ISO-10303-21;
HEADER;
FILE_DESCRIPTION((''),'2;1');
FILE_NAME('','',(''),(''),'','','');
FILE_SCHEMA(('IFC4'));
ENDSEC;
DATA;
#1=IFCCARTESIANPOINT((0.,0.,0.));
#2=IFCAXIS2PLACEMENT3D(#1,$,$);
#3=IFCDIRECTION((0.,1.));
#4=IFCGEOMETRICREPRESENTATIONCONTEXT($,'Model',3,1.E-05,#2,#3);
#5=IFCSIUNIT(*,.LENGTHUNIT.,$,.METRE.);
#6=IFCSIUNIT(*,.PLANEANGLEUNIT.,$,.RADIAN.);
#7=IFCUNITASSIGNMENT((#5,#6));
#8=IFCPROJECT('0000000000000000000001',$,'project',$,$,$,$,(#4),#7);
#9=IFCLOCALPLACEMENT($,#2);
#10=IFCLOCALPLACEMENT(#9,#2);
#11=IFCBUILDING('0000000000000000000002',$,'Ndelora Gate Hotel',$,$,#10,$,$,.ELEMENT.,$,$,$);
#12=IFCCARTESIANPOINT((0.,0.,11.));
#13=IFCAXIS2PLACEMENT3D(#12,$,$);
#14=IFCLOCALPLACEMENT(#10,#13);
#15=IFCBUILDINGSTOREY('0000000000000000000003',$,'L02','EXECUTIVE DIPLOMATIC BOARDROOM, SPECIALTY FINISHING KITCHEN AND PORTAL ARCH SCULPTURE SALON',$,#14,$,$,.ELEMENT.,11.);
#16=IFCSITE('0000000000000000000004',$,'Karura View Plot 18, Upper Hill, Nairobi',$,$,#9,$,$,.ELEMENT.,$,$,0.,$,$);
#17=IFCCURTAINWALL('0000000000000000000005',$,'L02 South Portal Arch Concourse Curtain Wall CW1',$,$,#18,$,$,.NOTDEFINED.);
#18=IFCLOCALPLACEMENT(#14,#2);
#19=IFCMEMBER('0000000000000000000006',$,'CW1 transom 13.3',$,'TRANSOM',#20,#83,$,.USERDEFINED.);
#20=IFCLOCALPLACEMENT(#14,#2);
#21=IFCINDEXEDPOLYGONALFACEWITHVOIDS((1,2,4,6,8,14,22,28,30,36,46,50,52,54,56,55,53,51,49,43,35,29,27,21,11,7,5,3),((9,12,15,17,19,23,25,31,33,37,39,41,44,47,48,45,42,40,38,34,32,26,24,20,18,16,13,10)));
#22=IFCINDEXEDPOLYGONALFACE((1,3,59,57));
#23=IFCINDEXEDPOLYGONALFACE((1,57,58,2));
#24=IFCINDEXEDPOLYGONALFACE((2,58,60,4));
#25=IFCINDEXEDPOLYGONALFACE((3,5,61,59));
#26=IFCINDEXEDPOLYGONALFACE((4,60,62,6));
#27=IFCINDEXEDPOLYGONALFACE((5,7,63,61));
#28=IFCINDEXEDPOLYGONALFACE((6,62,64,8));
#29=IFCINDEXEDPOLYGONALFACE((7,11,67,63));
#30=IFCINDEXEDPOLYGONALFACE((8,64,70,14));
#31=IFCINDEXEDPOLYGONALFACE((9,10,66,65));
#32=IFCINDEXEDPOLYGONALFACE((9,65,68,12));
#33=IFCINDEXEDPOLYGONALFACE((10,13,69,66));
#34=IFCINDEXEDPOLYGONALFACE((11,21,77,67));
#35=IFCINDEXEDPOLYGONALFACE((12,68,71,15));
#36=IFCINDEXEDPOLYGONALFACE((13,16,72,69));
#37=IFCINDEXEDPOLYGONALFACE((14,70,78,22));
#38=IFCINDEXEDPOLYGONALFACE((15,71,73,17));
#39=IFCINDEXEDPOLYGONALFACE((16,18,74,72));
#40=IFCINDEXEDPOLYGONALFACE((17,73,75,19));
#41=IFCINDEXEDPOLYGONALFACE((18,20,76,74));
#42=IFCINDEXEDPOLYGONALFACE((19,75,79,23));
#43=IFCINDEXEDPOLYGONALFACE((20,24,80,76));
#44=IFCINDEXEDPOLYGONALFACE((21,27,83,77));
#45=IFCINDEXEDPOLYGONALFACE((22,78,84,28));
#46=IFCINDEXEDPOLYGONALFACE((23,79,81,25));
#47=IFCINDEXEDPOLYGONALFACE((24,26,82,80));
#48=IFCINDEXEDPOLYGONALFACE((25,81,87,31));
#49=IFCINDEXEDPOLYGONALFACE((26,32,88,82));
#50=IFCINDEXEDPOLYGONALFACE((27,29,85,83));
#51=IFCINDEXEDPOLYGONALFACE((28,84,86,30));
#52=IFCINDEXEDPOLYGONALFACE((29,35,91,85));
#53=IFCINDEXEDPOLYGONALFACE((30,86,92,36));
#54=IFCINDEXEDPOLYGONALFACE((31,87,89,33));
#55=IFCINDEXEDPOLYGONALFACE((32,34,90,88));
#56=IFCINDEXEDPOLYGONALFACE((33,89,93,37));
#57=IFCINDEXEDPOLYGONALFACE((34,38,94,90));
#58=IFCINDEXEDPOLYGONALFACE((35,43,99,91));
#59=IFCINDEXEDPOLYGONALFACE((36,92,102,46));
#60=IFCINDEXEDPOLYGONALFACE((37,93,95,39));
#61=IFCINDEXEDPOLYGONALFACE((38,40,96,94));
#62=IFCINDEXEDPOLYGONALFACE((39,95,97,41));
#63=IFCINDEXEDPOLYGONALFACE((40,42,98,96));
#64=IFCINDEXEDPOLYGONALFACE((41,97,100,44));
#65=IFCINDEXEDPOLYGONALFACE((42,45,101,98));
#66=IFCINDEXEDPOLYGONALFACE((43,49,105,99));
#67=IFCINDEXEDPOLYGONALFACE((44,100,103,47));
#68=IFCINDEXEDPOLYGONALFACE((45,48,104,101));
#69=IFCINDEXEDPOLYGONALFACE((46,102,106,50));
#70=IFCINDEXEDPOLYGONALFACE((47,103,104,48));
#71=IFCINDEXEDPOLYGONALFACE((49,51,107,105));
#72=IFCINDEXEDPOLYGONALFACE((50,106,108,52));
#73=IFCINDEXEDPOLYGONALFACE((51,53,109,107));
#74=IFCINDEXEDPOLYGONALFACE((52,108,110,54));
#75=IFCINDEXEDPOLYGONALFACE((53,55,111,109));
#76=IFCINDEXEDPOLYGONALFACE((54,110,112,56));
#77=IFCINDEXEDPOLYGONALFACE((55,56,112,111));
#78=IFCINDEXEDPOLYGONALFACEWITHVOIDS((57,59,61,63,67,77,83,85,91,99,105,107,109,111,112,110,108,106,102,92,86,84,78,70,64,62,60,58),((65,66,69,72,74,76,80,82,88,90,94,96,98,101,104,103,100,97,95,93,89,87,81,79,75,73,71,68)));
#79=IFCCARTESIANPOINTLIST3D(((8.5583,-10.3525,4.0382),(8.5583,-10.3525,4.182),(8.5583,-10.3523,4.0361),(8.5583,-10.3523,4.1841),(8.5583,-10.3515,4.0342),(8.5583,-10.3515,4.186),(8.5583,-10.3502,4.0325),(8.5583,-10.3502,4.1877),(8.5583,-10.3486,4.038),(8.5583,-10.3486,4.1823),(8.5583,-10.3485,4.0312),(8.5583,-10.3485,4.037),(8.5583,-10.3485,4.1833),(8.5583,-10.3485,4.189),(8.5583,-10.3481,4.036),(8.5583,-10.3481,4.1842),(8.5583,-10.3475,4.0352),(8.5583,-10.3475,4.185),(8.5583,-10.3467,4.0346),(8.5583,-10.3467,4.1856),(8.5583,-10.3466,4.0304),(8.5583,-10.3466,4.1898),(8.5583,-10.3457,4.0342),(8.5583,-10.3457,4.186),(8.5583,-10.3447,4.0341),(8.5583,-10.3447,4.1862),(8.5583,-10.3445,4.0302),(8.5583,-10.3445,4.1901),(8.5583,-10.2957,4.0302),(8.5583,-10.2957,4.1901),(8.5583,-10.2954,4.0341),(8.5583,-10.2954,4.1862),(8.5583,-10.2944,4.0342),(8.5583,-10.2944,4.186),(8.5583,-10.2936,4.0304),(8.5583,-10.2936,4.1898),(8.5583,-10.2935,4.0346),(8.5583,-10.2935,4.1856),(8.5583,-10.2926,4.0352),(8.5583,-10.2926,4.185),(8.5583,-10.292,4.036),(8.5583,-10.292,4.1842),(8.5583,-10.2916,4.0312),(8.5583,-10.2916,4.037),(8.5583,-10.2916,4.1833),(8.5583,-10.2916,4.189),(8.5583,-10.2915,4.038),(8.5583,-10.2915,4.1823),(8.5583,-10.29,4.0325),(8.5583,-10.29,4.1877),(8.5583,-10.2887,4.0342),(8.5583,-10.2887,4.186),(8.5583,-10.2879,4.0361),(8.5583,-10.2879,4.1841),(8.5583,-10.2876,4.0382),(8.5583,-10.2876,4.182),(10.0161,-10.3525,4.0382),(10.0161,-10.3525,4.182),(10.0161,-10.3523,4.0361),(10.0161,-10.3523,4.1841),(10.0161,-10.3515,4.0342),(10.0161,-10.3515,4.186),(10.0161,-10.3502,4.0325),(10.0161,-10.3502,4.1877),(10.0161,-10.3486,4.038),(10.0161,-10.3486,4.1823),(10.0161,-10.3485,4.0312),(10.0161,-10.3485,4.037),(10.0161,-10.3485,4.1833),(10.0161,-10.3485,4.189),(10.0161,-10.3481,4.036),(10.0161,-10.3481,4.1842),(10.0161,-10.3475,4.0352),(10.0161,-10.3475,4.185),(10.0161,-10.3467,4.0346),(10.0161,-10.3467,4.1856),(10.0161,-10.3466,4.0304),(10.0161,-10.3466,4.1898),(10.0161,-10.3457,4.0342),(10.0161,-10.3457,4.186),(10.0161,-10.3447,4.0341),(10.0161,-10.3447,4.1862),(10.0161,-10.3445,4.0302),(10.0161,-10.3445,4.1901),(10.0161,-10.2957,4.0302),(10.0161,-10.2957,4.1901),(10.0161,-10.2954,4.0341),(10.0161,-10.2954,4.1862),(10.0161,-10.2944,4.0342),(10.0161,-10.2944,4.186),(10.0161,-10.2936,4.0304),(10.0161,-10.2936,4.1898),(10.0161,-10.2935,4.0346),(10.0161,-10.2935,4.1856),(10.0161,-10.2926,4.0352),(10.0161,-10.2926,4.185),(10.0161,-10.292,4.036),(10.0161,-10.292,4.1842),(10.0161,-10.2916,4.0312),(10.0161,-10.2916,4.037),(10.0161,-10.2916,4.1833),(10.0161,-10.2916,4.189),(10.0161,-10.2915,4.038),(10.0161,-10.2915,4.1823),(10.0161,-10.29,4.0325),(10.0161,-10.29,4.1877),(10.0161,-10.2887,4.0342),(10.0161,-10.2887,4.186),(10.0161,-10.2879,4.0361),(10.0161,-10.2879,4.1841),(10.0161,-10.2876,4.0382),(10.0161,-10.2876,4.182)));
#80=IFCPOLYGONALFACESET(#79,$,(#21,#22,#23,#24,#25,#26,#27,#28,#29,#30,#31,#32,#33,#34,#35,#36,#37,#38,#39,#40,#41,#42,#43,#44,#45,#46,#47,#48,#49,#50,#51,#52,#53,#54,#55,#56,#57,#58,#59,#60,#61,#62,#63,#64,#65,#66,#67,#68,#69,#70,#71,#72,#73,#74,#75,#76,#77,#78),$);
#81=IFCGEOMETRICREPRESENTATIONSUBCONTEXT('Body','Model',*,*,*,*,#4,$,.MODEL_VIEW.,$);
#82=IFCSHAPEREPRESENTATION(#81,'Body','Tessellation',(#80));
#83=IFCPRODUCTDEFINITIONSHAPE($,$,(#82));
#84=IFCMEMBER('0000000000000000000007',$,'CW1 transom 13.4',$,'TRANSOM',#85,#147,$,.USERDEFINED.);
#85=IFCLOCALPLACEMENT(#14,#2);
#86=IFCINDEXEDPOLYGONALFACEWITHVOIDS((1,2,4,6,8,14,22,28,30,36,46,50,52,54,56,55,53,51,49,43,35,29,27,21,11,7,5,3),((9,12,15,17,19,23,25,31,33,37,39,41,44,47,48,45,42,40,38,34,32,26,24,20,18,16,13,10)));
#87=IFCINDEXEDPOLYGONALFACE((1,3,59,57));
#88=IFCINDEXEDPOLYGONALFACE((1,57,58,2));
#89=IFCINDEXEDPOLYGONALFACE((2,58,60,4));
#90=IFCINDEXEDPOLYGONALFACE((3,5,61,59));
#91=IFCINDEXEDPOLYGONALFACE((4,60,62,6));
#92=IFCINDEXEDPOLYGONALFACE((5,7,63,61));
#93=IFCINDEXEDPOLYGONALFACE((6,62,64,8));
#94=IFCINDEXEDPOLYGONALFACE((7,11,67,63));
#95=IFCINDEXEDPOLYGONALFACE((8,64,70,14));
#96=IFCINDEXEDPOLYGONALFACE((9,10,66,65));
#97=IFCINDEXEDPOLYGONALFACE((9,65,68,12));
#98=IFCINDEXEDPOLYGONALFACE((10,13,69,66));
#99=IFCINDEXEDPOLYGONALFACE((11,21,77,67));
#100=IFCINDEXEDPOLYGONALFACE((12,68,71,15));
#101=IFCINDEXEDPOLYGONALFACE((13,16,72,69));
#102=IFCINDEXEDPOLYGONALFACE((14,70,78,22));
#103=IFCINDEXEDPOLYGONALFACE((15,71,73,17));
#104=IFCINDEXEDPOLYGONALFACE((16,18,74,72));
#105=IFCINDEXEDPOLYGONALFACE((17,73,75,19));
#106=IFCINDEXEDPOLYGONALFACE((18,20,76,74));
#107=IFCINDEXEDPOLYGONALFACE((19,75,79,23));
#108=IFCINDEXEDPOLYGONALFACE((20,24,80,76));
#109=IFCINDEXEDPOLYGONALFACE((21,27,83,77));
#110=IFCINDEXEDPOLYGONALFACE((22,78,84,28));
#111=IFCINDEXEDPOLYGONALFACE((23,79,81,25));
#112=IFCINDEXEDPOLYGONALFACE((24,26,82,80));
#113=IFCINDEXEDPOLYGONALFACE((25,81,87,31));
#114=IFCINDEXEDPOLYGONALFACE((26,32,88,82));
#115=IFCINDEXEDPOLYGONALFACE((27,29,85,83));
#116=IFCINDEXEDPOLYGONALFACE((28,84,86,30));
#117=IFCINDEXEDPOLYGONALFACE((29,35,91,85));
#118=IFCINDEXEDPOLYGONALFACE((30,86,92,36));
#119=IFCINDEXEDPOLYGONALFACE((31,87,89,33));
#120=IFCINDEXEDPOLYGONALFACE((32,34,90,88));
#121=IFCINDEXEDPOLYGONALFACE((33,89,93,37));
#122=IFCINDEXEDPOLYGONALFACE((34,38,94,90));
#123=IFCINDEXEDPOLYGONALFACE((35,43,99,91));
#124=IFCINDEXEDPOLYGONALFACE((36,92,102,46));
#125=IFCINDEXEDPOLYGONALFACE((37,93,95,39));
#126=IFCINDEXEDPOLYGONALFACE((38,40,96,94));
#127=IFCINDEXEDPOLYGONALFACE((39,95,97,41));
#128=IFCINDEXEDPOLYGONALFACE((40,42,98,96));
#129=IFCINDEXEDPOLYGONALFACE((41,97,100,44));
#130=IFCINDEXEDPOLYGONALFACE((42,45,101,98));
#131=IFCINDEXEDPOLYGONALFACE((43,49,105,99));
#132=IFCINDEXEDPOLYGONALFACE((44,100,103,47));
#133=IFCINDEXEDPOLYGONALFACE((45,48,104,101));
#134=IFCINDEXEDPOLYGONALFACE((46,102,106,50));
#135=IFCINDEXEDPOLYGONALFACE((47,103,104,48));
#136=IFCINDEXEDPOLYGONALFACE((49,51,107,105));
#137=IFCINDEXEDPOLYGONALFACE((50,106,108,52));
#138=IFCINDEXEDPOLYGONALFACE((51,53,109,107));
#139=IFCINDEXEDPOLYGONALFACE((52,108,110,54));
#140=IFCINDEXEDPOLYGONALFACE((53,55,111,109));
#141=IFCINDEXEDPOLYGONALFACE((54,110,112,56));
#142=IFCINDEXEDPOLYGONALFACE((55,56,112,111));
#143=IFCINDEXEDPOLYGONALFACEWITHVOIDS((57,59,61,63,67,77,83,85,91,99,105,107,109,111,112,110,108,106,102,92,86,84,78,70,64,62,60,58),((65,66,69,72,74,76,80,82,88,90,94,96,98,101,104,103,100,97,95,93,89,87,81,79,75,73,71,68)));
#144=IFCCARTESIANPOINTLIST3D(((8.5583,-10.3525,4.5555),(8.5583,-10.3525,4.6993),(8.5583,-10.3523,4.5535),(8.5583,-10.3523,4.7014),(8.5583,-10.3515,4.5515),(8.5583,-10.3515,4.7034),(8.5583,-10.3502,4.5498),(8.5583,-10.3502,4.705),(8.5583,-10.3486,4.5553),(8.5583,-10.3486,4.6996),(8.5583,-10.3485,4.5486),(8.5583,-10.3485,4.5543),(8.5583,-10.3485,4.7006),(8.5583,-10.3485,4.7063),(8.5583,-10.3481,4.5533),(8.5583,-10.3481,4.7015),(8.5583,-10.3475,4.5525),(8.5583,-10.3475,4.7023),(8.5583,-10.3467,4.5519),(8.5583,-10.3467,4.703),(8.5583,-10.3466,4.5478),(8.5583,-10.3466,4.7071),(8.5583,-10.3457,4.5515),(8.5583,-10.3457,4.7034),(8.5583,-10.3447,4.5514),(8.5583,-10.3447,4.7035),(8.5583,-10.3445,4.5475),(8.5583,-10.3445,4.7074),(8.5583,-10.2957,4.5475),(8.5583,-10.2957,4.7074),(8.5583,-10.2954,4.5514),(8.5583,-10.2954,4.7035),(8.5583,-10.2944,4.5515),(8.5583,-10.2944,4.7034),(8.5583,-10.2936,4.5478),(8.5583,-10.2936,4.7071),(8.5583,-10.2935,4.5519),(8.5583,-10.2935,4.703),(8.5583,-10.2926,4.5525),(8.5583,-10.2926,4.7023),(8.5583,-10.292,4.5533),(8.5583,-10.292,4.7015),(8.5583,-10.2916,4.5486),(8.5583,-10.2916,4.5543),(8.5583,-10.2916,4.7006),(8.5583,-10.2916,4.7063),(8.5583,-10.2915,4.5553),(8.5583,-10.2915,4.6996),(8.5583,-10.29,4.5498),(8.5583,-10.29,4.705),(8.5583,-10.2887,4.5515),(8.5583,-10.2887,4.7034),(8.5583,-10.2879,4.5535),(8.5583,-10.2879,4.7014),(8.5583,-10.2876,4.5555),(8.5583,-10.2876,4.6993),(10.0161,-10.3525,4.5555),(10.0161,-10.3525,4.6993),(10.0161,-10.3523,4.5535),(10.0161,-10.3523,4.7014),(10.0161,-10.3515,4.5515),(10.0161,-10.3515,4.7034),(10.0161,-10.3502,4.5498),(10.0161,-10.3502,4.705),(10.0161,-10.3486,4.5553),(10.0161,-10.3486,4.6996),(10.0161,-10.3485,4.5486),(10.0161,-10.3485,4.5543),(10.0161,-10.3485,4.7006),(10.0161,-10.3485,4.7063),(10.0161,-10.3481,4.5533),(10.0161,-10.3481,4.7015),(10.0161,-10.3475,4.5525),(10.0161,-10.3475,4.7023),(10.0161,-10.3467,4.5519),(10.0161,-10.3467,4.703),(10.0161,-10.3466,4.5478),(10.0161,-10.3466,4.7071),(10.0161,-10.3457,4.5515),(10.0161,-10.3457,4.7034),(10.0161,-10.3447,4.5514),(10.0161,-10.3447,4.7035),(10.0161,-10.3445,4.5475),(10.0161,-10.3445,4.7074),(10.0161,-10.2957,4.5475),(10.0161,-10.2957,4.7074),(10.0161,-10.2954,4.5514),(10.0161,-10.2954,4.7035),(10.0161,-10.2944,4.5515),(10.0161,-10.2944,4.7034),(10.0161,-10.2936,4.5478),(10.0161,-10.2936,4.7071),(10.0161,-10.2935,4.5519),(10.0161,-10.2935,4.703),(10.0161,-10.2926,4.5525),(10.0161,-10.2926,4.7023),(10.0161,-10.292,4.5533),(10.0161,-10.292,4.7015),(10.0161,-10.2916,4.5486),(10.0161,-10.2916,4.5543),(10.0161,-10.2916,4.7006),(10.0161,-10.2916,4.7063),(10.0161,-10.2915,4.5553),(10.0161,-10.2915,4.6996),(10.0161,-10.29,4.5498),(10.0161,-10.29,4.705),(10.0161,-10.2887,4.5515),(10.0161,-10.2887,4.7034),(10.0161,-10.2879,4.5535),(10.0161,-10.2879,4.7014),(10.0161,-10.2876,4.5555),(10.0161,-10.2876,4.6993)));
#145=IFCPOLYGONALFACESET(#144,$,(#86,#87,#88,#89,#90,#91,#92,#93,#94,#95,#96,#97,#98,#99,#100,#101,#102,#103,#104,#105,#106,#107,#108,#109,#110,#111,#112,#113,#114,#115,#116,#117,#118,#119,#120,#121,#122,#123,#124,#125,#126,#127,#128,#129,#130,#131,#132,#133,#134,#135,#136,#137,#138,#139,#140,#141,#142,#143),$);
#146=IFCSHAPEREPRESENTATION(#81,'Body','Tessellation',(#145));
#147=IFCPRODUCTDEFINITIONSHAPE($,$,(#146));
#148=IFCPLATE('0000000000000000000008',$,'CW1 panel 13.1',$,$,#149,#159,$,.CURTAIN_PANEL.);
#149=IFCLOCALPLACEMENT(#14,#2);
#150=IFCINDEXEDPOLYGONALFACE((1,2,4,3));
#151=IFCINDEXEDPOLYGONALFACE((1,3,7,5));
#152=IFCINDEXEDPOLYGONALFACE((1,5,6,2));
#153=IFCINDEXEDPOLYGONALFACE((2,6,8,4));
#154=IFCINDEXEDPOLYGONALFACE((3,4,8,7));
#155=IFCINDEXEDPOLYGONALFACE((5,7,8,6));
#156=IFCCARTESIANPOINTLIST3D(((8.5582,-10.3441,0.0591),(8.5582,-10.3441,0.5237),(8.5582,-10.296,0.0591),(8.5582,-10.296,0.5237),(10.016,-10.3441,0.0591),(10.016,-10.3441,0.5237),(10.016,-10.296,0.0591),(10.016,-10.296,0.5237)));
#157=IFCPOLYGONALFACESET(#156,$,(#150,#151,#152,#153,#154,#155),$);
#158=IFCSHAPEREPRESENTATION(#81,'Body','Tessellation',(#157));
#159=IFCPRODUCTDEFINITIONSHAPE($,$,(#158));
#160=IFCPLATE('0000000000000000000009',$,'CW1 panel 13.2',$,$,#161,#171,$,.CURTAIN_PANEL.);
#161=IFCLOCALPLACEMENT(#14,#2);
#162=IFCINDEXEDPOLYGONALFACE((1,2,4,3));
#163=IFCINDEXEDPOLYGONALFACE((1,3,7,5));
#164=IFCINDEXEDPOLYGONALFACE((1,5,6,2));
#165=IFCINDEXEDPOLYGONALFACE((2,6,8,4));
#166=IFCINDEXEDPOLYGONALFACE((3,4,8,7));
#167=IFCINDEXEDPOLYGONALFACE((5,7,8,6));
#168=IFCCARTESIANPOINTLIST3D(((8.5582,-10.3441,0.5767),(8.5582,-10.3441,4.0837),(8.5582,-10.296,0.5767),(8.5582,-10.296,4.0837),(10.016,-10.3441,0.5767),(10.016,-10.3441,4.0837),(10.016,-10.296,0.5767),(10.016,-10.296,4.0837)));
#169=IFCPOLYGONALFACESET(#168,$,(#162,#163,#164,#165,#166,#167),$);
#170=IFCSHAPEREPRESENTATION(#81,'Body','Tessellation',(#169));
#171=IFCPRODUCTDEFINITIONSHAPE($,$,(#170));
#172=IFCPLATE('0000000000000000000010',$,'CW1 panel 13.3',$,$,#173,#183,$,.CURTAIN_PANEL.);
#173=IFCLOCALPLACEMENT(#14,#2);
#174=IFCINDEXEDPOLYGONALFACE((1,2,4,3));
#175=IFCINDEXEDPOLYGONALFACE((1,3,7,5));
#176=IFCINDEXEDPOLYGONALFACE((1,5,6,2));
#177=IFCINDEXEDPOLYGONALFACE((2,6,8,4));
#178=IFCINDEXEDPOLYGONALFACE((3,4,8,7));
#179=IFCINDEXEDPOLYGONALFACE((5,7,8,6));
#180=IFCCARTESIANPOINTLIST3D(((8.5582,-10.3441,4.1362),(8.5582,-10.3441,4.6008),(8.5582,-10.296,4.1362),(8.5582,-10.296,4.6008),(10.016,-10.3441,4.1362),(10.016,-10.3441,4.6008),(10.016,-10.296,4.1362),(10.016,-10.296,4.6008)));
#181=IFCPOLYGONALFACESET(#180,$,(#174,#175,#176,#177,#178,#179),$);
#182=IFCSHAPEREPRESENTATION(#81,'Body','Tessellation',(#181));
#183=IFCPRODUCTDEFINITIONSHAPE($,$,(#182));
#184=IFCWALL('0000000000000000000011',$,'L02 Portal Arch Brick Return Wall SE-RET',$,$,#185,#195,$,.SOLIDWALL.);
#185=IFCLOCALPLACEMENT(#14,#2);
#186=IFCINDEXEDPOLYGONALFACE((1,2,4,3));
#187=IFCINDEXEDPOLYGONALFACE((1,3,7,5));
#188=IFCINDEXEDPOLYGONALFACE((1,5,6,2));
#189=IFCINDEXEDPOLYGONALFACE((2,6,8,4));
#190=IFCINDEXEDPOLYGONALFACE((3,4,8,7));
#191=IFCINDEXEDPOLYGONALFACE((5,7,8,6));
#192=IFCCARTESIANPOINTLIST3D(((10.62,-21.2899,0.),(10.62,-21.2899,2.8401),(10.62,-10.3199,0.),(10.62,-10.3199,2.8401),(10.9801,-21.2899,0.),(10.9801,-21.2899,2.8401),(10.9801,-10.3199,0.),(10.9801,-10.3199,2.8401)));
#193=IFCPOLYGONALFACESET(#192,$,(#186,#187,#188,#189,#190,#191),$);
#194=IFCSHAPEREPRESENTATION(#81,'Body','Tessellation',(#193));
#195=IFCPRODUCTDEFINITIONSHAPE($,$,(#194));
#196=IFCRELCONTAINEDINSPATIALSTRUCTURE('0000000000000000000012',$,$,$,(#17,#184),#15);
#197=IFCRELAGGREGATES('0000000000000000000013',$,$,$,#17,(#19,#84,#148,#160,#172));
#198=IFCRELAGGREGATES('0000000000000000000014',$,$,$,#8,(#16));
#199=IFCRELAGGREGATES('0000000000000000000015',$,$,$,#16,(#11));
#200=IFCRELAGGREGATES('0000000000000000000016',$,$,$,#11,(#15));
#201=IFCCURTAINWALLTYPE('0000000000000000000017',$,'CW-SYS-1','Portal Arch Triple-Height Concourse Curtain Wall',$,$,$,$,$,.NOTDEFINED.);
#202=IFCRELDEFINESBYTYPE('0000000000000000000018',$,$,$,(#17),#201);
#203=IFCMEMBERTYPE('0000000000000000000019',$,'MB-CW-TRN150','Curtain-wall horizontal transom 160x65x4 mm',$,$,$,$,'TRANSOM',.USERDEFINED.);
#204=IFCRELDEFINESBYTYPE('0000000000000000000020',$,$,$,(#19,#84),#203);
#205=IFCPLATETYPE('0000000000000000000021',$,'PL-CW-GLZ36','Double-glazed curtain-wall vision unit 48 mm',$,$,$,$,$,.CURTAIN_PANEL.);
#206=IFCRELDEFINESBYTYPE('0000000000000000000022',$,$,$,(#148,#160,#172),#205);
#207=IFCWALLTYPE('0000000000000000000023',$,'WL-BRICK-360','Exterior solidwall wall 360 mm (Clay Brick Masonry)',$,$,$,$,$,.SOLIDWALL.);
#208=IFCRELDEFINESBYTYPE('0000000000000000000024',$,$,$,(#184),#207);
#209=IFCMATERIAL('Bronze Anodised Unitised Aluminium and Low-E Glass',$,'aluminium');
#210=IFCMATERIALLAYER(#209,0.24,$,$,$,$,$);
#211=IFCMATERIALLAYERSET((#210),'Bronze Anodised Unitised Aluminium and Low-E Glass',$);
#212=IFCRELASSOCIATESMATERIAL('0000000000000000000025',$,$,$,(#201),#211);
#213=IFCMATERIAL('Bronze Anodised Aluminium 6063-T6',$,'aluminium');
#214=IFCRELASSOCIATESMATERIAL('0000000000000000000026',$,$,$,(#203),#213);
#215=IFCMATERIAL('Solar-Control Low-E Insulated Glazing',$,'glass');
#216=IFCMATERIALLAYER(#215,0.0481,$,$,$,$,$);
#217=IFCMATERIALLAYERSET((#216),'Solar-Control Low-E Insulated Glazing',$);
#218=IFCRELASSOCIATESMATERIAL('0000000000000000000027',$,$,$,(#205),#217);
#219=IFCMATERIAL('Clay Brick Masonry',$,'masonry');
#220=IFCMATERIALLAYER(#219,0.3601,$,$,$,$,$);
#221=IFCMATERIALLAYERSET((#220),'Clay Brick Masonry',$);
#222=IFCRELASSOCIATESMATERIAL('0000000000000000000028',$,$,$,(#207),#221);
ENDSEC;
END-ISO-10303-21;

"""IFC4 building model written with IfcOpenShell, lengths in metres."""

from ifc_helpers import new_model, si_unit, direction, frame, frame_2d, origin, origin_2d, place, context, subcontext, project, spatial, rectangle, hollow_rectangle, extrude, material, layer, layer_set, material_profile, profile_set, type_object, element, aggregate, save


model = new_model("IFC4")

# Units and contexts
model_context = context("Model", 3, precision=1e-05, world=origin(), true_north=direction((0.0, 1.0)))
body_context = subcontext(model_context, "Body", "Model", "MODEL_VIEW")
ifc_project = project(units=[si_unit("LENGTHUNIT", "METRE"), si_unit("PLANEANGLEUNIT", "RADIAN")], contexts=[model_context])

# Site, building, storey
site_placement = place(None, origin())
site = spatial("IfcSite", under=ifc_project, at=site_placement, Name="Karura View Plot 18, Upper Hill, Nairobi", CompositionType="ELEMENT", RefElevation=0.0)
building_placement = place(site_placement, origin())
building = spatial("IfcBuilding", under=site, at=building_placement, Name="Ndelora Gate Hotel", CompositionType="ELEMENT")
storey_placement = place(building_placement, frame((0.0, 0.0, 11.0)))
storey = spatial("IfcBuildingStorey", under=building, at=storey_placement, Name="L02", Description="EXECUTIVE DIPLOMATIC BOARDROOM, SPECIALTY FINISHING KITCHEN AND PORTAL ARCH SCULPTURE SALON", CompositionType="ELEMENT", Elevation=11.0)

# Curtain wall, members, plates
ifc_material_1 = material(Name="Bronze Anodised Unitised Aluminium and Low-E Glass", Category="aluminium")
ifc_layer_1 = layer(ifc_material_1, 0.24)
ifc_layer_set_1 = layer_set([ifc_layer_1], Name="Bronze Anodised Unitised Aluminium and Low-E Glass")
curtain_wall_type = type_object("IfcCurtainWallType", Name="CW-SYS-1", Description="Portal Arch Triple-Height Concourse Curtain Wall", PredefinedType="NOTDEFINED", material=ifc_layer_set_1)
curtain_wall_placement = place(storey_placement, origin())
curtain_wall = element("IfcCurtainWall", 1, at=curtain_wall_placement, inside=storey, type_object=curtain_wall_type, Name="L02 South Portal Arch Concourse Curtain Wall CW1", PredefinedType="NOTDEFINED")
ifc_material_2 = material(Name="Bronze Anodised Aluminium 6063-T6", Category="aluminium")
ifc_material_profile_1 = material_profile(ifc_material_2, hollow_rectangle(XDim=0.0649, YDim=0.1599, WallThickness=0.0039, InnerFilletRadius=0.0039, OuterFilletRadius=0.0081, at=origin_2d()), Name="ALU 160x65x4")
ifc_profile_set_1 = profile_set([ifc_material_profile_1], Name="Bronze Anodised Aluminium 6063-T6")
member_type_1 = type_object("IfcMemberType", Name="MB-CW-TRN150", Description="Curtain-wall horizontal transom 160x65x4 mm", ElementType="TRANSOM", PredefinedType="USERDEFINED", material=ifc_profile_set_1)
member_1_placement = place(storey_placement, frame((8.5583, -10.3201, 4.1101), z_axis=(1.0, 0.0, 0.0), x_axis=(0.0, 1.0, 0.0)))
member_1 = element("IfcMember", 2, at=member_1_placement, type_object=member_type_1, Name="CW1 transom 13.3", ObjectType="TRANSOM", PredefinedType="USERDEFINED", context=body_context, shape_type="SweptSolid", body=[
    extrude(hollow_rectangle(XDim=0.0649, YDim=0.1599, WallThickness=0.0039, InnerFilletRadius=0.0039, OuterFilletRadius=0.0081, at=origin_2d()), origin(), (0.0, 0.0, 1.0), 1.4578),
])
member_2_placement = place(storey_placement, frame((8.5583, -10.3201, 4.6274), z_axis=(1.0, 0.0, 0.0), x_axis=(0.0, 1.0, 0.0)))
member_2 = element("IfcMember", 3, at=member_2_placement, type_object=member_type_1, Name="CW1 transom 13.4", ObjectType="TRANSOM", PredefinedType="USERDEFINED", context=body_context, shape_type="SweptSolid", body=[
    extrude(hollow_rectangle(XDim=0.0649, YDim=0.1599, WallThickness=0.0039, InnerFilletRadius=0.0039, OuterFilletRadius=0.0081, at=origin_2d()), origin(), (0.0, 0.0, 1.0), 1.4578),
])
ifc_material_3 = material(Name="Solar-Control Low-E Insulated Glazing", Category="glass")
ifc_layer_2 = layer(ifc_material_3, 0.0481)
ifc_layer_set_2 = layer_set([ifc_layer_2], Name="Solar-Control Low-E Insulated Glazing")
plate_type = type_object("IfcPlateType", Name="PL-CW-GLZ36", Description="Double-glazed curtain-wall vision unit 48 mm", PredefinedType="CURTAIN_PANEL", material=ifc_layer_set_2)
plate_1_placement = place(storey_placement, frame((9.2871, -10.3201, 0.0591), z_axis=(0.0, 0.0, 1.0), x_axis=(1.0, 0.0, 0.0)))
plate_1 = element("IfcPlate", 4, at=plate_1_placement, type_object=plate_type, Name="CW1 panel 13.1", PredefinedType="CURTAIN_PANEL", context=body_context, shape_type="SweptSolid", body=[
    extrude(rectangle(XDim=1.4578, YDim=0.0481, at=origin_2d()), origin(), (0.0, 0.0, 1.0), 0.4646),
])
plate_2_placement = place(storey_placement, frame((9.2871, -10.3201, 0.5767), z_axis=(0.0, 0.0, 1.0), x_axis=(1.0, 0.0, 0.0)))
plate_2 = element("IfcPlate", 5, at=plate_2_placement, type_object=plate_type, Name="CW1 panel 13.2", PredefinedType="CURTAIN_PANEL", context=body_context, shape_type="SweptSolid", body=[
    extrude(rectangle(XDim=1.4578, YDim=0.0481, at=origin_2d()), origin(), (0.0, 0.0, 1.0), 3.5071),
])
plate_3_placement = place(storey_placement, frame((9.2871, -10.3201, 4.1362), z_axis=(0.0, 0.0, 1.0), x_axis=(1.0, 0.0, 0.0)))
plate_3 = element("IfcPlate", 6, at=plate_3_placement, type_object=plate_type, Name="CW1 panel 13.3", PredefinedType="CURTAIN_PANEL", context=body_context, shape_type="SweptSolid", body=[
    extrude(rectangle(XDim=1.4578, YDim=0.0481, at=origin_2d()), origin(), (0.0, 0.0, 1.0), 0.4646),
])
aggregate(curtain_wall, [member_1, member_2, plate_1, plate_2, plate_3])

# Wall
ifc_material_4 = material(Name="Clay Brick Masonry", Category="masonry")
ifc_layer_3 = layer(ifc_material_4, 0.3601)
ifc_layer_set_3 = layer_set([ifc_layer_3], Name="Clay Brick Masonry")
wall_type_1 = type_object("IfcWallType", Name="WL-BRICK-360", Description="Exterior solidwall wall 360 mm (Clay Brick Masonry)", PredefinedType="SOLIDWALL", material=ifc_layer_set_3)
wall_1_placement = place(storey_placement, frame((10.8, -10.3201, 0.0), z_axis=(0.0, 0.0, 1.0), x_axis=(0.0, -1.0, 0.0)))
element("IfcWall", 7, at=wall_1_placement, inside=storey, type_object=wall_type_1, Name="L02 Portal Arch Brick Return Wall SE-RET", PredefinedType="SOLIDWALL", context=body_context, shape_type="SweptSolid", body=[
    extrude(rectangle(XDim=10.97, YDim=0.3601, at=frame_2d((5.4849, 0.0))), origin(), (0.0, 0.0, 1.0), 2.8401),
])

save(model, "model.ifc")
